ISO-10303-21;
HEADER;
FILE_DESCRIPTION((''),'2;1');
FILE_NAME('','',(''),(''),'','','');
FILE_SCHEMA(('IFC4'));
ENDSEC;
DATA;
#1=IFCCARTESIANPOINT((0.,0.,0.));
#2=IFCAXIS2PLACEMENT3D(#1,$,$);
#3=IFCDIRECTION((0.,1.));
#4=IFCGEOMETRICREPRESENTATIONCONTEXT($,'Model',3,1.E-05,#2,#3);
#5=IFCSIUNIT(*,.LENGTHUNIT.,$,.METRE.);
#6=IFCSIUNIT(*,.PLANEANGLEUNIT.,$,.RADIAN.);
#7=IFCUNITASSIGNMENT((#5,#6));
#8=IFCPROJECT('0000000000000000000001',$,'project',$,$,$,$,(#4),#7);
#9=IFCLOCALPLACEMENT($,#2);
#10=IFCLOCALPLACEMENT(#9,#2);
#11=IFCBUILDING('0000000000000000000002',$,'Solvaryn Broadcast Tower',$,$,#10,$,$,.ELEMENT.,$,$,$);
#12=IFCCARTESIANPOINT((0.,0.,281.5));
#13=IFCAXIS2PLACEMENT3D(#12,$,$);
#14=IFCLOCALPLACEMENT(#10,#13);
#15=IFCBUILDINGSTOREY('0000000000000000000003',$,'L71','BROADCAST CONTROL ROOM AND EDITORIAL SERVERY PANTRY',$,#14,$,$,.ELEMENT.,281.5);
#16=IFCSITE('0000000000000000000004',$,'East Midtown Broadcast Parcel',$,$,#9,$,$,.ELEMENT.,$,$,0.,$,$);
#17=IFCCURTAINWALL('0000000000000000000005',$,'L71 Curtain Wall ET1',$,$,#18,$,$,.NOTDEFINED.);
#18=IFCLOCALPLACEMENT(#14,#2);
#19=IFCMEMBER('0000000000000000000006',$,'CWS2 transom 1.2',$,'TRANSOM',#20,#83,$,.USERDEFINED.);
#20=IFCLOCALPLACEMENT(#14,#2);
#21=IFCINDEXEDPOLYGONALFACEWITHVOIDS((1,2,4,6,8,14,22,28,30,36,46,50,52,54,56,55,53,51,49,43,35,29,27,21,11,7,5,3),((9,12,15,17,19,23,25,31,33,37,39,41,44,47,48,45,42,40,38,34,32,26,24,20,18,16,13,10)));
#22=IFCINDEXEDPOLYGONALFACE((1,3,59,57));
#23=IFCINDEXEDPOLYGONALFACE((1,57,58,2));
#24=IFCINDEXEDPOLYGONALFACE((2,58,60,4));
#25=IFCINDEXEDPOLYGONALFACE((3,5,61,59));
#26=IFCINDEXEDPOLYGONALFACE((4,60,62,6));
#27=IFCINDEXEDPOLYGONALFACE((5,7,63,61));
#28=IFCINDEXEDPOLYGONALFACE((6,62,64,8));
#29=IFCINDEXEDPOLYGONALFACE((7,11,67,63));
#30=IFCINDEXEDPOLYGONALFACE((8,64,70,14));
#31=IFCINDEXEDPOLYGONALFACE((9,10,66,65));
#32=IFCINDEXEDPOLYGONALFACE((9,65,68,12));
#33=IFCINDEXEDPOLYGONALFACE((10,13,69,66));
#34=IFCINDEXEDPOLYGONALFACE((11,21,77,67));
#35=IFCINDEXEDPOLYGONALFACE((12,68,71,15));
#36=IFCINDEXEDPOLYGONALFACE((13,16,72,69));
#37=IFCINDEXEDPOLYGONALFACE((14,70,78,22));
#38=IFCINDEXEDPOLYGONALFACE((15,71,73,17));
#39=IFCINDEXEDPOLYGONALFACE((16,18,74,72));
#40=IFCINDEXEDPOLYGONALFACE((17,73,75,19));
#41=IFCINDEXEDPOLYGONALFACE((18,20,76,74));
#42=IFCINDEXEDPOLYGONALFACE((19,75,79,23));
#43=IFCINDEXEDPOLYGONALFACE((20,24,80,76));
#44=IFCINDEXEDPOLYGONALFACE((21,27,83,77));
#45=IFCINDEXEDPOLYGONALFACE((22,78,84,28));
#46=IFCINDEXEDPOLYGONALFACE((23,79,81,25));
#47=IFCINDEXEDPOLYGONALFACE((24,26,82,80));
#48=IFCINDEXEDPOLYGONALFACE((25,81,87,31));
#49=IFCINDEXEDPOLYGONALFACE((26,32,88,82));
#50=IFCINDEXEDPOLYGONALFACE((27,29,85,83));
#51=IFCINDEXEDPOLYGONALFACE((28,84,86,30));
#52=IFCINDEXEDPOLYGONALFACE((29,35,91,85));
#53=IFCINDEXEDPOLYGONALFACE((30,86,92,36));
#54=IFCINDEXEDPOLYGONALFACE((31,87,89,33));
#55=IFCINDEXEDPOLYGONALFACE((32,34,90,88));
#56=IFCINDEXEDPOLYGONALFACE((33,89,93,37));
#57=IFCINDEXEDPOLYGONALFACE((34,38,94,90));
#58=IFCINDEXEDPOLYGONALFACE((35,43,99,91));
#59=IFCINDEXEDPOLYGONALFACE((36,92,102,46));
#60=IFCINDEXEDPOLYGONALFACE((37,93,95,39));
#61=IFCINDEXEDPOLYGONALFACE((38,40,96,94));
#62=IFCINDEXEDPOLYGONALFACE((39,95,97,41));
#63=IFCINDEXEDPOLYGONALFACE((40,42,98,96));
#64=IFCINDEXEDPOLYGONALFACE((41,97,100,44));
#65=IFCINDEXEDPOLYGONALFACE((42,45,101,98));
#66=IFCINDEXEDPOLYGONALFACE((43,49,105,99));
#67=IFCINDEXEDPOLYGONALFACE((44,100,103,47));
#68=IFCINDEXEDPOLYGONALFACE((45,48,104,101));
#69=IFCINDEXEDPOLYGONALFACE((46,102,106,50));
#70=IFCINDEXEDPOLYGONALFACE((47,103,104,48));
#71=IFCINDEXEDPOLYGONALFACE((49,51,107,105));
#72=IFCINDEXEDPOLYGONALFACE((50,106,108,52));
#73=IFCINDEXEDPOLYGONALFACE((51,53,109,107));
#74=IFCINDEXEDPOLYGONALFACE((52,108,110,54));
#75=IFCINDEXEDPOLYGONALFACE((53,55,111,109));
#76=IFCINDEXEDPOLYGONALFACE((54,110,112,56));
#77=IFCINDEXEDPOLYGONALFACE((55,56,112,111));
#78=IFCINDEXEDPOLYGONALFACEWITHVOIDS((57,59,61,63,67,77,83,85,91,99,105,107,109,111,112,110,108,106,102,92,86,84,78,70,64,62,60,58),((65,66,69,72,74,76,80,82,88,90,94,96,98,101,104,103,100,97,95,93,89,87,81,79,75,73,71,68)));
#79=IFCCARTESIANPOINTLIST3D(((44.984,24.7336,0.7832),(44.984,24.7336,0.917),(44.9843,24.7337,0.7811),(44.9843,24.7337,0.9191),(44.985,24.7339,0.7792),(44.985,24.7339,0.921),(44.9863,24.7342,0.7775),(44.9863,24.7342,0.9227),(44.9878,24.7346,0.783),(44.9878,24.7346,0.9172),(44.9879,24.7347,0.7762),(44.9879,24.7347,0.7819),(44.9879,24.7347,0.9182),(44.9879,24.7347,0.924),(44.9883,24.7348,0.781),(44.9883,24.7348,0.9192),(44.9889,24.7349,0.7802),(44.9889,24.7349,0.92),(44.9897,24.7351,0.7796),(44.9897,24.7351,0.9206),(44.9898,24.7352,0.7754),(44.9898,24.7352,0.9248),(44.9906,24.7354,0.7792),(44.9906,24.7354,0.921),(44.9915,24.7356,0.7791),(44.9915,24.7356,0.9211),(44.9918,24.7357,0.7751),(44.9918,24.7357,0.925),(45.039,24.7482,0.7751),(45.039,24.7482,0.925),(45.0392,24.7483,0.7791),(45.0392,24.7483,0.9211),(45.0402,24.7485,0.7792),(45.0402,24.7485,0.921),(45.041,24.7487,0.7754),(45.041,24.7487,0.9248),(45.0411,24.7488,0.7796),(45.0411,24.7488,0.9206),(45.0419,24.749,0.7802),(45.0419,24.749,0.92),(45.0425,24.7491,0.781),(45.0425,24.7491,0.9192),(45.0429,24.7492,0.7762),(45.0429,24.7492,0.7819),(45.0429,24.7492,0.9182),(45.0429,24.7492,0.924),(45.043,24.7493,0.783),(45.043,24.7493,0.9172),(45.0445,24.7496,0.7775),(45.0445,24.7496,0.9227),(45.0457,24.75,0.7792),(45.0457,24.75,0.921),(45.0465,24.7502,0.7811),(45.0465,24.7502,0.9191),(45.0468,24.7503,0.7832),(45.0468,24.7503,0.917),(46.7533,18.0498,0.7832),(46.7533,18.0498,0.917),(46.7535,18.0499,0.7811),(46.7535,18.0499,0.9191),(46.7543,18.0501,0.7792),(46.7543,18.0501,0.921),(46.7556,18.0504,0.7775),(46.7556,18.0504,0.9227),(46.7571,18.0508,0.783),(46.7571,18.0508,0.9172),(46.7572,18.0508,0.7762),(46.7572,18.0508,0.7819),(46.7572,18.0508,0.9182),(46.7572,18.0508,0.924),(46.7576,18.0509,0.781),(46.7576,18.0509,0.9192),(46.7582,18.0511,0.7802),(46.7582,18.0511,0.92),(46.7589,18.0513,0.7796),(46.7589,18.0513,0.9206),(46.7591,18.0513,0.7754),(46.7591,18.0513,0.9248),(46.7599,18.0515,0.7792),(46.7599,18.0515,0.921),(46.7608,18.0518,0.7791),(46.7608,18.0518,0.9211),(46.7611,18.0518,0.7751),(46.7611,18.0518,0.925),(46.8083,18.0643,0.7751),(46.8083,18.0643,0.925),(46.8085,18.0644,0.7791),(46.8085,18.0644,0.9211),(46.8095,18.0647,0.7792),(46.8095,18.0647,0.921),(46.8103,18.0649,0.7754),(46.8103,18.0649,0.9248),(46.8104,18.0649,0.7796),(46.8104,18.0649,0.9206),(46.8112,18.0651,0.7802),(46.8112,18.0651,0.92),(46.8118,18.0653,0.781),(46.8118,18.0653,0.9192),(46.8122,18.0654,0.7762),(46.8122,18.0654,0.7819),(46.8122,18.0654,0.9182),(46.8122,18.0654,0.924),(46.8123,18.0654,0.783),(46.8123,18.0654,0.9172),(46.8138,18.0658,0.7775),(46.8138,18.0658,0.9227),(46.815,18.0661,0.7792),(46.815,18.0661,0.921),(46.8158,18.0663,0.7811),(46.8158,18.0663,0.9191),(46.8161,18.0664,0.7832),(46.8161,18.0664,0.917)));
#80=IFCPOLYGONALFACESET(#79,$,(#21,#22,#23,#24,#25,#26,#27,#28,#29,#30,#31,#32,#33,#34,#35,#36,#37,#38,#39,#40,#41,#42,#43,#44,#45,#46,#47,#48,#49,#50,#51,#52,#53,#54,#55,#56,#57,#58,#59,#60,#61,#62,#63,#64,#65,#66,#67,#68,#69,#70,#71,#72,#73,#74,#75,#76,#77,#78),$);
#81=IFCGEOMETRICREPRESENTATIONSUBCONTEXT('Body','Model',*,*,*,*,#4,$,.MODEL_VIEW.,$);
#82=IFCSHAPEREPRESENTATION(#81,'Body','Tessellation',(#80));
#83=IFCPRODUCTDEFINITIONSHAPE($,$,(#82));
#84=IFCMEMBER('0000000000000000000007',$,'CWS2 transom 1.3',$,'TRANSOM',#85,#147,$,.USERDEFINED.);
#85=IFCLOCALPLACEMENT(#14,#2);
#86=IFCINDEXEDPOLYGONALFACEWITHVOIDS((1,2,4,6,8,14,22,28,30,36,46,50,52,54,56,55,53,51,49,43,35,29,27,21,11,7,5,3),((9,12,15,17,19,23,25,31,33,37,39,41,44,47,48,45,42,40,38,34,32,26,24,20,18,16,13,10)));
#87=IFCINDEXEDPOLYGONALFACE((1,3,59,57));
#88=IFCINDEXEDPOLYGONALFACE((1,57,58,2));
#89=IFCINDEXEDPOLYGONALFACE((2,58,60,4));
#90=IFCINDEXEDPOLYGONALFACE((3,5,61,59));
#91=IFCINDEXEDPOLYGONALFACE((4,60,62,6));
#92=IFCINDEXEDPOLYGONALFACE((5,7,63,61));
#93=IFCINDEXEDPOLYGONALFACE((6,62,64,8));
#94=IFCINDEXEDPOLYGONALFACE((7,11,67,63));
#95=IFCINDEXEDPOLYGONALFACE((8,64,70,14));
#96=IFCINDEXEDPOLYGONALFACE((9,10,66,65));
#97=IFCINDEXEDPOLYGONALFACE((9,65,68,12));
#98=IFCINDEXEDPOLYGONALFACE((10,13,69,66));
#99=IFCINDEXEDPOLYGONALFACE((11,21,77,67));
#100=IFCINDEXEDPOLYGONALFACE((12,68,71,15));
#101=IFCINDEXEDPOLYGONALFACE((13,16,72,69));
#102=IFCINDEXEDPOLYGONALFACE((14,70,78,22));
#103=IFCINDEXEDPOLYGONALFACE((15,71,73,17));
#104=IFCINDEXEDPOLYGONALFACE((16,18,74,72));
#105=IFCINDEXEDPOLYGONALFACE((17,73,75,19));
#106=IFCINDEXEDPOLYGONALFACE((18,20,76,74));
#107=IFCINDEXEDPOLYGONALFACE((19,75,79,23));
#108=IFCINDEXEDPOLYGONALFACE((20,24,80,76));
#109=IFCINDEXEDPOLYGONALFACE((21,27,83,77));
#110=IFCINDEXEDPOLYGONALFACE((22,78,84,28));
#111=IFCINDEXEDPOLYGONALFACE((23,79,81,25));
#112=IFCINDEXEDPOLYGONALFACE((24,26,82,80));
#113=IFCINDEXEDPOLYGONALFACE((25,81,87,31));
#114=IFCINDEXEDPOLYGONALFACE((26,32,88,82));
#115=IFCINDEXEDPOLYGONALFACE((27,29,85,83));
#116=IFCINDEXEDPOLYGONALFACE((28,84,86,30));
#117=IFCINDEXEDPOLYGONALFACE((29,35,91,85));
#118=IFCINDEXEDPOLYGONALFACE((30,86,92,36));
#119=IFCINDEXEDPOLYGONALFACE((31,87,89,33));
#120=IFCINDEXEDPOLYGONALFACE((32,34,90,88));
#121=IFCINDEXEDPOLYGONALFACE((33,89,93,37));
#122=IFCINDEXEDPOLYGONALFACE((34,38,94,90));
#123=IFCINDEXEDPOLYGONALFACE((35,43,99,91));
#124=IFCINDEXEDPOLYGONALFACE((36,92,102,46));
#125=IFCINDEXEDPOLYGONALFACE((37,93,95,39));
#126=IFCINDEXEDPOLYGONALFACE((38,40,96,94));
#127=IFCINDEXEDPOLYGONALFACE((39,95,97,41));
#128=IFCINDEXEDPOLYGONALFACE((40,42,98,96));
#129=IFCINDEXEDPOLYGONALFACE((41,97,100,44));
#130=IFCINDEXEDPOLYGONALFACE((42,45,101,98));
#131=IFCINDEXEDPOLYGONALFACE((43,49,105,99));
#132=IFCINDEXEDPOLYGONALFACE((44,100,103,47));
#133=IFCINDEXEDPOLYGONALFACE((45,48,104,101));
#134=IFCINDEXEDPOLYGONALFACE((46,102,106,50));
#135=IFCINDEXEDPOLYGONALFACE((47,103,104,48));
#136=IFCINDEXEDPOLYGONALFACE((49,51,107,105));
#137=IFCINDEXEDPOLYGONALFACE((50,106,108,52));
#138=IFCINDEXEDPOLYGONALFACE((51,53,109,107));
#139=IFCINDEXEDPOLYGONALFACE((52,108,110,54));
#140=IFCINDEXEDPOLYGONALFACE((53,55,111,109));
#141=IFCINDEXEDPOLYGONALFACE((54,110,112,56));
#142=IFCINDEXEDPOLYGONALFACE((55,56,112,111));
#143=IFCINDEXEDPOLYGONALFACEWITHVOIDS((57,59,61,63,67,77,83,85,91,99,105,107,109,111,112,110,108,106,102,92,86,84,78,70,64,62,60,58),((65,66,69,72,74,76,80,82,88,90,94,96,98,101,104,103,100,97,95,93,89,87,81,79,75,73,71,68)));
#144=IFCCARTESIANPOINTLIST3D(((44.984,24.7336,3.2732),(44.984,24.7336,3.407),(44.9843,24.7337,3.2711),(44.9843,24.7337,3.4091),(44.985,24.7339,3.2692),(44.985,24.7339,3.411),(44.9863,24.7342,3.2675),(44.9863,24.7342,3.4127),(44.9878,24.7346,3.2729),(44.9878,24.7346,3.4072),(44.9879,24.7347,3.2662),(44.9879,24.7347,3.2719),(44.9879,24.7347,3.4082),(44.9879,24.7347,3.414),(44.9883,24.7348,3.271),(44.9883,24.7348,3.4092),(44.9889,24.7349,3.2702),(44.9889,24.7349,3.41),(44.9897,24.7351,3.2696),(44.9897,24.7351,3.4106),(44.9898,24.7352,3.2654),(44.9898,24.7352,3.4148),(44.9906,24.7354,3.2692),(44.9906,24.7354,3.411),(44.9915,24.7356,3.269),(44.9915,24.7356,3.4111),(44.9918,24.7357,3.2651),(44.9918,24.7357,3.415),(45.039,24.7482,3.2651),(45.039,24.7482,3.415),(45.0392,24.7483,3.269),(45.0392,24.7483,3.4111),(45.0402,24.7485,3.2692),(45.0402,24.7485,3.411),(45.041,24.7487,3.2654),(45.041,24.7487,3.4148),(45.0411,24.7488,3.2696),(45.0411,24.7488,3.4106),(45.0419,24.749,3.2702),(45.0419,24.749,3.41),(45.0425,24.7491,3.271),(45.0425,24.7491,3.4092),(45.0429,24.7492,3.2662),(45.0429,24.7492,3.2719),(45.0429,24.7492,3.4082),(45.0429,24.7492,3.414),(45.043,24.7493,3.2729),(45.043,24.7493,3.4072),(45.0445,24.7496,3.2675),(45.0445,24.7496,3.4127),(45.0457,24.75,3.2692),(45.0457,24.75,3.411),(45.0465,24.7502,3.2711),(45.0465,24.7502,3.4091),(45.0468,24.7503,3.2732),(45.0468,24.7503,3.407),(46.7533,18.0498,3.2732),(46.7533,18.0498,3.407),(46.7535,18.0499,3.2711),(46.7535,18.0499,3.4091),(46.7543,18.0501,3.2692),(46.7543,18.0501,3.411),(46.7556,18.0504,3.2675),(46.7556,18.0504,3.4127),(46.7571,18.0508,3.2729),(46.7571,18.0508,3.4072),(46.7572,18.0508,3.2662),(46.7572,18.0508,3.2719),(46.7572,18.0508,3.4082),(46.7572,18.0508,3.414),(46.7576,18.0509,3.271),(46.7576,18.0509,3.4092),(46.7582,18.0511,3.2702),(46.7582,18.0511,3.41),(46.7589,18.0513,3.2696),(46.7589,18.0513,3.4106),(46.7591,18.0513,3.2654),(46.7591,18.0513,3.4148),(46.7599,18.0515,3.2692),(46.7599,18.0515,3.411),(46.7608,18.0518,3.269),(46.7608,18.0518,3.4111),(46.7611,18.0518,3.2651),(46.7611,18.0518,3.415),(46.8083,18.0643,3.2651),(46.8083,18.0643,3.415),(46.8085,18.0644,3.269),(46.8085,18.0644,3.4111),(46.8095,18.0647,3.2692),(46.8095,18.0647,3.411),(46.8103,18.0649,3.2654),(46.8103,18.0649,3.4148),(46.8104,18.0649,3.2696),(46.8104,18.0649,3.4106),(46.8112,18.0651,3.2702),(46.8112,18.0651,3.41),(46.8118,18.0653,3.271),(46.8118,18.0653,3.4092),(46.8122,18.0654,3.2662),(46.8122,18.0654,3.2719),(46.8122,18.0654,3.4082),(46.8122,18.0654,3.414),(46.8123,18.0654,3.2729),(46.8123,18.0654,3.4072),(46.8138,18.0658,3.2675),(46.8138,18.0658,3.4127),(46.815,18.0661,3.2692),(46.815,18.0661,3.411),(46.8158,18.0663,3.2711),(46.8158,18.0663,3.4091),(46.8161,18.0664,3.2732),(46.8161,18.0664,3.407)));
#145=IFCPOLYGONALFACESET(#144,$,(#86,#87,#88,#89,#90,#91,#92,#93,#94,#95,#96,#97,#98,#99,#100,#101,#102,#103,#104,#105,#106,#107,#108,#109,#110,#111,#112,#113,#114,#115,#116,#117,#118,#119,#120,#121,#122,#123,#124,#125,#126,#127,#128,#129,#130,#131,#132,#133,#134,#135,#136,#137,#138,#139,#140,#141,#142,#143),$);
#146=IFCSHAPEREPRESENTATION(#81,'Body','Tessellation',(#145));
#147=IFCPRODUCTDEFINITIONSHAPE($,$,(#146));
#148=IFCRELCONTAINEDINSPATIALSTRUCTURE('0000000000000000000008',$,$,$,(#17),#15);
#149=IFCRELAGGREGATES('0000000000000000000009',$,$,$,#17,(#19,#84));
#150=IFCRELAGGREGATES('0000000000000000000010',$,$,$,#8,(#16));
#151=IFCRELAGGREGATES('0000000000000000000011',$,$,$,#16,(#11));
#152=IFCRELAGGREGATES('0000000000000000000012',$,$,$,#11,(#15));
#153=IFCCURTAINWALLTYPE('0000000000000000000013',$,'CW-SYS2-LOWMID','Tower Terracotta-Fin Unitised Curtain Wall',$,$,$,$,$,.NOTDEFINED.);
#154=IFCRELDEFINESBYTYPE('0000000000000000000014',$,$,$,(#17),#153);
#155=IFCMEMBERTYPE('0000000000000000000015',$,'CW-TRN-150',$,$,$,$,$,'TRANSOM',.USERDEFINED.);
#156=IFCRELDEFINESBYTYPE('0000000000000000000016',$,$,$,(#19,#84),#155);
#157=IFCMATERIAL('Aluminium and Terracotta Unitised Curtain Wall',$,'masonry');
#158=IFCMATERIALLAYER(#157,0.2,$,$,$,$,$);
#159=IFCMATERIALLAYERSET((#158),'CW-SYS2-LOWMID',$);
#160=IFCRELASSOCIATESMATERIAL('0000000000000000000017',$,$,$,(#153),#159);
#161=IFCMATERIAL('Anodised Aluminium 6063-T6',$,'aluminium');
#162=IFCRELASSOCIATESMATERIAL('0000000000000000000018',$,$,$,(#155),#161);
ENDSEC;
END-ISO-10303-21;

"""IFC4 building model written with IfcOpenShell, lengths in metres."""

from ifc_helpers import new_model, si_unit, direction, frame, origin, origin_2d, place, context, subcontext, project, spatial, hollow_rectangle, extrude, material, layer, layer_set, material_profile, profile_set, type_object, element, aggregate, save


model = new_model("IFC4")

# Units and contexts
model_context = context("Model", 3, precision=1e-05, world=origin(), true_north=direction((0.0, 1.0)))
body_context = subcontext(model_context, "Body", "Model", "MODEL_VIEW")
ifc_project = project(units=[si_unit("LENGTHUNIT", "METRE"), si_unit("PLANEANGLEUNIT", "RADIAN")], contexts=[model_context])

# Site, building, storey
site_placement = place(None, origin())
site = spatial("IfcSite", under=ifc_project, at=site_placement, Name="East Midtown Broadcast Parcel", CompositionType="ELEMENT", RefElevation=0.0)
building_placement = place(site_placement, origin())
building = spatial("IfcBuilding", under=site, at=building_placement, Name="Solvaryn Broadcast Tower", CompositionType="ELEMENT")
storey_placement = place(building_placement, frame((0.0, 0.0, 281.5)))
storey = spatial("IfcBuildingStorey", under=building, at=storey_placement, Name="L71", Description="BROADCAST CONTROL ROOM AND EDITORIAL SERVERY PANTRY", CompositionType="ELEMENT", Elevation=281.5)

# Curtain wall
ifc_material_1 = material(Name="Aluminium and Terracotta Unitised Curtain Wall", Category="masonry")
ifc_layer_1 = layer(ifc_material_1, 0.2)
ifc_layer_set_1 = layer_set([ifc_layer_1], Name="CW-SYS2-LOWMID")
curtain_wall_type = type_object("IfcCurtainWallType", Name="CW-SYS2-LOWMID", Description="Tower Terracotta-Fin Unitised Curtain Wall", PredefinedType="NOTDEFINED", material=ifc_layer_set_1)
curtain_wall_1_placement = place(storey_placement, origin())
curtain_wall_1 = element("IfcCurtainWall", 1, at=curtain_wall_1_placement, inside=storey, type_object=curtain_wall_type, Name="L71 Curtain Wall ET1", PredefinedType="NOTDEFINED")

# Members
ifc_material_2 = material(Name="Anodised Aluminium 6063-T6", Category="aluminium")
ifc_material_profile_1 = material_profile(ifc_material_2, hollow_rectangle(XDim=0.0649, YDim=0.1499, WallThickness=0.0039, InnerFilletRadius=0.0039, OuterFilletRadius=0.0081, at=origin_2d()))
ifc_profile_set_1 = profile_set([ifc_material_profile_1], Name="Anodised Aluminium 6063-T6")
member_type_1 = type_object("IfcMemberType", Name="CW-TRN-150", ElementType="TRANSOM", PredefinedType="USERDEFINED", material=ifc_profile_set_1)
member_1_placement = place(storey_placement, frame((45.0154, 24.7419, 0.8501), z_axis=(0.255897, -0.966704, 0.0), x_axis=(0.966704, 0.255897, 0.0)))
member_1 = element("IfcMember", 2, at=member_1_placement, type_object=member_type_1, Name="CWS2 transom 1.2", ObjectType="TRANSOM", PredefinedType="USERDEFINED", context=body_context, shape_type="SweptSolid", body=[
    extrude(hollow_rectangle(XDim=0.0649, YDim=0.1499, WallThickness=0.0039, InnerFilletRadius=0.0039, OuterFilletRadius=0.0081, at=origin_2d()), origin(), (0.0, 0.0, 1.0), 6.9141),
])
member_2_placement = place(storey_placement, frame((45.0154, 24.7419, 3.3401), z_axis=(0.255897, -0.966704, 0.0), x_axis=(0.966704, 0.255897, 0.0)))
member_2 = element("IfcMember", 3, at=member_2_placement, type_object=member_type_1, Name="CWS2 transom 1.3", ObjectType="TRANSOM", PredefinedType="USERDEFINED", context=body_context, shape_type="SweptSolid", body=[
    extrude(hollow_rectangle(XDim=0.0649, YDim=0.1499, WallThickness=0.0039, InnerFilletRadius=0.0039, OuterFilletRadius=0.0081, at=origin_2d()), origin(), (0.0, 0.0, 1.0), 6.9141),
])
aggregate(curtain_wall_1, [member_1, member_2])

save(model, "model.ifc")
